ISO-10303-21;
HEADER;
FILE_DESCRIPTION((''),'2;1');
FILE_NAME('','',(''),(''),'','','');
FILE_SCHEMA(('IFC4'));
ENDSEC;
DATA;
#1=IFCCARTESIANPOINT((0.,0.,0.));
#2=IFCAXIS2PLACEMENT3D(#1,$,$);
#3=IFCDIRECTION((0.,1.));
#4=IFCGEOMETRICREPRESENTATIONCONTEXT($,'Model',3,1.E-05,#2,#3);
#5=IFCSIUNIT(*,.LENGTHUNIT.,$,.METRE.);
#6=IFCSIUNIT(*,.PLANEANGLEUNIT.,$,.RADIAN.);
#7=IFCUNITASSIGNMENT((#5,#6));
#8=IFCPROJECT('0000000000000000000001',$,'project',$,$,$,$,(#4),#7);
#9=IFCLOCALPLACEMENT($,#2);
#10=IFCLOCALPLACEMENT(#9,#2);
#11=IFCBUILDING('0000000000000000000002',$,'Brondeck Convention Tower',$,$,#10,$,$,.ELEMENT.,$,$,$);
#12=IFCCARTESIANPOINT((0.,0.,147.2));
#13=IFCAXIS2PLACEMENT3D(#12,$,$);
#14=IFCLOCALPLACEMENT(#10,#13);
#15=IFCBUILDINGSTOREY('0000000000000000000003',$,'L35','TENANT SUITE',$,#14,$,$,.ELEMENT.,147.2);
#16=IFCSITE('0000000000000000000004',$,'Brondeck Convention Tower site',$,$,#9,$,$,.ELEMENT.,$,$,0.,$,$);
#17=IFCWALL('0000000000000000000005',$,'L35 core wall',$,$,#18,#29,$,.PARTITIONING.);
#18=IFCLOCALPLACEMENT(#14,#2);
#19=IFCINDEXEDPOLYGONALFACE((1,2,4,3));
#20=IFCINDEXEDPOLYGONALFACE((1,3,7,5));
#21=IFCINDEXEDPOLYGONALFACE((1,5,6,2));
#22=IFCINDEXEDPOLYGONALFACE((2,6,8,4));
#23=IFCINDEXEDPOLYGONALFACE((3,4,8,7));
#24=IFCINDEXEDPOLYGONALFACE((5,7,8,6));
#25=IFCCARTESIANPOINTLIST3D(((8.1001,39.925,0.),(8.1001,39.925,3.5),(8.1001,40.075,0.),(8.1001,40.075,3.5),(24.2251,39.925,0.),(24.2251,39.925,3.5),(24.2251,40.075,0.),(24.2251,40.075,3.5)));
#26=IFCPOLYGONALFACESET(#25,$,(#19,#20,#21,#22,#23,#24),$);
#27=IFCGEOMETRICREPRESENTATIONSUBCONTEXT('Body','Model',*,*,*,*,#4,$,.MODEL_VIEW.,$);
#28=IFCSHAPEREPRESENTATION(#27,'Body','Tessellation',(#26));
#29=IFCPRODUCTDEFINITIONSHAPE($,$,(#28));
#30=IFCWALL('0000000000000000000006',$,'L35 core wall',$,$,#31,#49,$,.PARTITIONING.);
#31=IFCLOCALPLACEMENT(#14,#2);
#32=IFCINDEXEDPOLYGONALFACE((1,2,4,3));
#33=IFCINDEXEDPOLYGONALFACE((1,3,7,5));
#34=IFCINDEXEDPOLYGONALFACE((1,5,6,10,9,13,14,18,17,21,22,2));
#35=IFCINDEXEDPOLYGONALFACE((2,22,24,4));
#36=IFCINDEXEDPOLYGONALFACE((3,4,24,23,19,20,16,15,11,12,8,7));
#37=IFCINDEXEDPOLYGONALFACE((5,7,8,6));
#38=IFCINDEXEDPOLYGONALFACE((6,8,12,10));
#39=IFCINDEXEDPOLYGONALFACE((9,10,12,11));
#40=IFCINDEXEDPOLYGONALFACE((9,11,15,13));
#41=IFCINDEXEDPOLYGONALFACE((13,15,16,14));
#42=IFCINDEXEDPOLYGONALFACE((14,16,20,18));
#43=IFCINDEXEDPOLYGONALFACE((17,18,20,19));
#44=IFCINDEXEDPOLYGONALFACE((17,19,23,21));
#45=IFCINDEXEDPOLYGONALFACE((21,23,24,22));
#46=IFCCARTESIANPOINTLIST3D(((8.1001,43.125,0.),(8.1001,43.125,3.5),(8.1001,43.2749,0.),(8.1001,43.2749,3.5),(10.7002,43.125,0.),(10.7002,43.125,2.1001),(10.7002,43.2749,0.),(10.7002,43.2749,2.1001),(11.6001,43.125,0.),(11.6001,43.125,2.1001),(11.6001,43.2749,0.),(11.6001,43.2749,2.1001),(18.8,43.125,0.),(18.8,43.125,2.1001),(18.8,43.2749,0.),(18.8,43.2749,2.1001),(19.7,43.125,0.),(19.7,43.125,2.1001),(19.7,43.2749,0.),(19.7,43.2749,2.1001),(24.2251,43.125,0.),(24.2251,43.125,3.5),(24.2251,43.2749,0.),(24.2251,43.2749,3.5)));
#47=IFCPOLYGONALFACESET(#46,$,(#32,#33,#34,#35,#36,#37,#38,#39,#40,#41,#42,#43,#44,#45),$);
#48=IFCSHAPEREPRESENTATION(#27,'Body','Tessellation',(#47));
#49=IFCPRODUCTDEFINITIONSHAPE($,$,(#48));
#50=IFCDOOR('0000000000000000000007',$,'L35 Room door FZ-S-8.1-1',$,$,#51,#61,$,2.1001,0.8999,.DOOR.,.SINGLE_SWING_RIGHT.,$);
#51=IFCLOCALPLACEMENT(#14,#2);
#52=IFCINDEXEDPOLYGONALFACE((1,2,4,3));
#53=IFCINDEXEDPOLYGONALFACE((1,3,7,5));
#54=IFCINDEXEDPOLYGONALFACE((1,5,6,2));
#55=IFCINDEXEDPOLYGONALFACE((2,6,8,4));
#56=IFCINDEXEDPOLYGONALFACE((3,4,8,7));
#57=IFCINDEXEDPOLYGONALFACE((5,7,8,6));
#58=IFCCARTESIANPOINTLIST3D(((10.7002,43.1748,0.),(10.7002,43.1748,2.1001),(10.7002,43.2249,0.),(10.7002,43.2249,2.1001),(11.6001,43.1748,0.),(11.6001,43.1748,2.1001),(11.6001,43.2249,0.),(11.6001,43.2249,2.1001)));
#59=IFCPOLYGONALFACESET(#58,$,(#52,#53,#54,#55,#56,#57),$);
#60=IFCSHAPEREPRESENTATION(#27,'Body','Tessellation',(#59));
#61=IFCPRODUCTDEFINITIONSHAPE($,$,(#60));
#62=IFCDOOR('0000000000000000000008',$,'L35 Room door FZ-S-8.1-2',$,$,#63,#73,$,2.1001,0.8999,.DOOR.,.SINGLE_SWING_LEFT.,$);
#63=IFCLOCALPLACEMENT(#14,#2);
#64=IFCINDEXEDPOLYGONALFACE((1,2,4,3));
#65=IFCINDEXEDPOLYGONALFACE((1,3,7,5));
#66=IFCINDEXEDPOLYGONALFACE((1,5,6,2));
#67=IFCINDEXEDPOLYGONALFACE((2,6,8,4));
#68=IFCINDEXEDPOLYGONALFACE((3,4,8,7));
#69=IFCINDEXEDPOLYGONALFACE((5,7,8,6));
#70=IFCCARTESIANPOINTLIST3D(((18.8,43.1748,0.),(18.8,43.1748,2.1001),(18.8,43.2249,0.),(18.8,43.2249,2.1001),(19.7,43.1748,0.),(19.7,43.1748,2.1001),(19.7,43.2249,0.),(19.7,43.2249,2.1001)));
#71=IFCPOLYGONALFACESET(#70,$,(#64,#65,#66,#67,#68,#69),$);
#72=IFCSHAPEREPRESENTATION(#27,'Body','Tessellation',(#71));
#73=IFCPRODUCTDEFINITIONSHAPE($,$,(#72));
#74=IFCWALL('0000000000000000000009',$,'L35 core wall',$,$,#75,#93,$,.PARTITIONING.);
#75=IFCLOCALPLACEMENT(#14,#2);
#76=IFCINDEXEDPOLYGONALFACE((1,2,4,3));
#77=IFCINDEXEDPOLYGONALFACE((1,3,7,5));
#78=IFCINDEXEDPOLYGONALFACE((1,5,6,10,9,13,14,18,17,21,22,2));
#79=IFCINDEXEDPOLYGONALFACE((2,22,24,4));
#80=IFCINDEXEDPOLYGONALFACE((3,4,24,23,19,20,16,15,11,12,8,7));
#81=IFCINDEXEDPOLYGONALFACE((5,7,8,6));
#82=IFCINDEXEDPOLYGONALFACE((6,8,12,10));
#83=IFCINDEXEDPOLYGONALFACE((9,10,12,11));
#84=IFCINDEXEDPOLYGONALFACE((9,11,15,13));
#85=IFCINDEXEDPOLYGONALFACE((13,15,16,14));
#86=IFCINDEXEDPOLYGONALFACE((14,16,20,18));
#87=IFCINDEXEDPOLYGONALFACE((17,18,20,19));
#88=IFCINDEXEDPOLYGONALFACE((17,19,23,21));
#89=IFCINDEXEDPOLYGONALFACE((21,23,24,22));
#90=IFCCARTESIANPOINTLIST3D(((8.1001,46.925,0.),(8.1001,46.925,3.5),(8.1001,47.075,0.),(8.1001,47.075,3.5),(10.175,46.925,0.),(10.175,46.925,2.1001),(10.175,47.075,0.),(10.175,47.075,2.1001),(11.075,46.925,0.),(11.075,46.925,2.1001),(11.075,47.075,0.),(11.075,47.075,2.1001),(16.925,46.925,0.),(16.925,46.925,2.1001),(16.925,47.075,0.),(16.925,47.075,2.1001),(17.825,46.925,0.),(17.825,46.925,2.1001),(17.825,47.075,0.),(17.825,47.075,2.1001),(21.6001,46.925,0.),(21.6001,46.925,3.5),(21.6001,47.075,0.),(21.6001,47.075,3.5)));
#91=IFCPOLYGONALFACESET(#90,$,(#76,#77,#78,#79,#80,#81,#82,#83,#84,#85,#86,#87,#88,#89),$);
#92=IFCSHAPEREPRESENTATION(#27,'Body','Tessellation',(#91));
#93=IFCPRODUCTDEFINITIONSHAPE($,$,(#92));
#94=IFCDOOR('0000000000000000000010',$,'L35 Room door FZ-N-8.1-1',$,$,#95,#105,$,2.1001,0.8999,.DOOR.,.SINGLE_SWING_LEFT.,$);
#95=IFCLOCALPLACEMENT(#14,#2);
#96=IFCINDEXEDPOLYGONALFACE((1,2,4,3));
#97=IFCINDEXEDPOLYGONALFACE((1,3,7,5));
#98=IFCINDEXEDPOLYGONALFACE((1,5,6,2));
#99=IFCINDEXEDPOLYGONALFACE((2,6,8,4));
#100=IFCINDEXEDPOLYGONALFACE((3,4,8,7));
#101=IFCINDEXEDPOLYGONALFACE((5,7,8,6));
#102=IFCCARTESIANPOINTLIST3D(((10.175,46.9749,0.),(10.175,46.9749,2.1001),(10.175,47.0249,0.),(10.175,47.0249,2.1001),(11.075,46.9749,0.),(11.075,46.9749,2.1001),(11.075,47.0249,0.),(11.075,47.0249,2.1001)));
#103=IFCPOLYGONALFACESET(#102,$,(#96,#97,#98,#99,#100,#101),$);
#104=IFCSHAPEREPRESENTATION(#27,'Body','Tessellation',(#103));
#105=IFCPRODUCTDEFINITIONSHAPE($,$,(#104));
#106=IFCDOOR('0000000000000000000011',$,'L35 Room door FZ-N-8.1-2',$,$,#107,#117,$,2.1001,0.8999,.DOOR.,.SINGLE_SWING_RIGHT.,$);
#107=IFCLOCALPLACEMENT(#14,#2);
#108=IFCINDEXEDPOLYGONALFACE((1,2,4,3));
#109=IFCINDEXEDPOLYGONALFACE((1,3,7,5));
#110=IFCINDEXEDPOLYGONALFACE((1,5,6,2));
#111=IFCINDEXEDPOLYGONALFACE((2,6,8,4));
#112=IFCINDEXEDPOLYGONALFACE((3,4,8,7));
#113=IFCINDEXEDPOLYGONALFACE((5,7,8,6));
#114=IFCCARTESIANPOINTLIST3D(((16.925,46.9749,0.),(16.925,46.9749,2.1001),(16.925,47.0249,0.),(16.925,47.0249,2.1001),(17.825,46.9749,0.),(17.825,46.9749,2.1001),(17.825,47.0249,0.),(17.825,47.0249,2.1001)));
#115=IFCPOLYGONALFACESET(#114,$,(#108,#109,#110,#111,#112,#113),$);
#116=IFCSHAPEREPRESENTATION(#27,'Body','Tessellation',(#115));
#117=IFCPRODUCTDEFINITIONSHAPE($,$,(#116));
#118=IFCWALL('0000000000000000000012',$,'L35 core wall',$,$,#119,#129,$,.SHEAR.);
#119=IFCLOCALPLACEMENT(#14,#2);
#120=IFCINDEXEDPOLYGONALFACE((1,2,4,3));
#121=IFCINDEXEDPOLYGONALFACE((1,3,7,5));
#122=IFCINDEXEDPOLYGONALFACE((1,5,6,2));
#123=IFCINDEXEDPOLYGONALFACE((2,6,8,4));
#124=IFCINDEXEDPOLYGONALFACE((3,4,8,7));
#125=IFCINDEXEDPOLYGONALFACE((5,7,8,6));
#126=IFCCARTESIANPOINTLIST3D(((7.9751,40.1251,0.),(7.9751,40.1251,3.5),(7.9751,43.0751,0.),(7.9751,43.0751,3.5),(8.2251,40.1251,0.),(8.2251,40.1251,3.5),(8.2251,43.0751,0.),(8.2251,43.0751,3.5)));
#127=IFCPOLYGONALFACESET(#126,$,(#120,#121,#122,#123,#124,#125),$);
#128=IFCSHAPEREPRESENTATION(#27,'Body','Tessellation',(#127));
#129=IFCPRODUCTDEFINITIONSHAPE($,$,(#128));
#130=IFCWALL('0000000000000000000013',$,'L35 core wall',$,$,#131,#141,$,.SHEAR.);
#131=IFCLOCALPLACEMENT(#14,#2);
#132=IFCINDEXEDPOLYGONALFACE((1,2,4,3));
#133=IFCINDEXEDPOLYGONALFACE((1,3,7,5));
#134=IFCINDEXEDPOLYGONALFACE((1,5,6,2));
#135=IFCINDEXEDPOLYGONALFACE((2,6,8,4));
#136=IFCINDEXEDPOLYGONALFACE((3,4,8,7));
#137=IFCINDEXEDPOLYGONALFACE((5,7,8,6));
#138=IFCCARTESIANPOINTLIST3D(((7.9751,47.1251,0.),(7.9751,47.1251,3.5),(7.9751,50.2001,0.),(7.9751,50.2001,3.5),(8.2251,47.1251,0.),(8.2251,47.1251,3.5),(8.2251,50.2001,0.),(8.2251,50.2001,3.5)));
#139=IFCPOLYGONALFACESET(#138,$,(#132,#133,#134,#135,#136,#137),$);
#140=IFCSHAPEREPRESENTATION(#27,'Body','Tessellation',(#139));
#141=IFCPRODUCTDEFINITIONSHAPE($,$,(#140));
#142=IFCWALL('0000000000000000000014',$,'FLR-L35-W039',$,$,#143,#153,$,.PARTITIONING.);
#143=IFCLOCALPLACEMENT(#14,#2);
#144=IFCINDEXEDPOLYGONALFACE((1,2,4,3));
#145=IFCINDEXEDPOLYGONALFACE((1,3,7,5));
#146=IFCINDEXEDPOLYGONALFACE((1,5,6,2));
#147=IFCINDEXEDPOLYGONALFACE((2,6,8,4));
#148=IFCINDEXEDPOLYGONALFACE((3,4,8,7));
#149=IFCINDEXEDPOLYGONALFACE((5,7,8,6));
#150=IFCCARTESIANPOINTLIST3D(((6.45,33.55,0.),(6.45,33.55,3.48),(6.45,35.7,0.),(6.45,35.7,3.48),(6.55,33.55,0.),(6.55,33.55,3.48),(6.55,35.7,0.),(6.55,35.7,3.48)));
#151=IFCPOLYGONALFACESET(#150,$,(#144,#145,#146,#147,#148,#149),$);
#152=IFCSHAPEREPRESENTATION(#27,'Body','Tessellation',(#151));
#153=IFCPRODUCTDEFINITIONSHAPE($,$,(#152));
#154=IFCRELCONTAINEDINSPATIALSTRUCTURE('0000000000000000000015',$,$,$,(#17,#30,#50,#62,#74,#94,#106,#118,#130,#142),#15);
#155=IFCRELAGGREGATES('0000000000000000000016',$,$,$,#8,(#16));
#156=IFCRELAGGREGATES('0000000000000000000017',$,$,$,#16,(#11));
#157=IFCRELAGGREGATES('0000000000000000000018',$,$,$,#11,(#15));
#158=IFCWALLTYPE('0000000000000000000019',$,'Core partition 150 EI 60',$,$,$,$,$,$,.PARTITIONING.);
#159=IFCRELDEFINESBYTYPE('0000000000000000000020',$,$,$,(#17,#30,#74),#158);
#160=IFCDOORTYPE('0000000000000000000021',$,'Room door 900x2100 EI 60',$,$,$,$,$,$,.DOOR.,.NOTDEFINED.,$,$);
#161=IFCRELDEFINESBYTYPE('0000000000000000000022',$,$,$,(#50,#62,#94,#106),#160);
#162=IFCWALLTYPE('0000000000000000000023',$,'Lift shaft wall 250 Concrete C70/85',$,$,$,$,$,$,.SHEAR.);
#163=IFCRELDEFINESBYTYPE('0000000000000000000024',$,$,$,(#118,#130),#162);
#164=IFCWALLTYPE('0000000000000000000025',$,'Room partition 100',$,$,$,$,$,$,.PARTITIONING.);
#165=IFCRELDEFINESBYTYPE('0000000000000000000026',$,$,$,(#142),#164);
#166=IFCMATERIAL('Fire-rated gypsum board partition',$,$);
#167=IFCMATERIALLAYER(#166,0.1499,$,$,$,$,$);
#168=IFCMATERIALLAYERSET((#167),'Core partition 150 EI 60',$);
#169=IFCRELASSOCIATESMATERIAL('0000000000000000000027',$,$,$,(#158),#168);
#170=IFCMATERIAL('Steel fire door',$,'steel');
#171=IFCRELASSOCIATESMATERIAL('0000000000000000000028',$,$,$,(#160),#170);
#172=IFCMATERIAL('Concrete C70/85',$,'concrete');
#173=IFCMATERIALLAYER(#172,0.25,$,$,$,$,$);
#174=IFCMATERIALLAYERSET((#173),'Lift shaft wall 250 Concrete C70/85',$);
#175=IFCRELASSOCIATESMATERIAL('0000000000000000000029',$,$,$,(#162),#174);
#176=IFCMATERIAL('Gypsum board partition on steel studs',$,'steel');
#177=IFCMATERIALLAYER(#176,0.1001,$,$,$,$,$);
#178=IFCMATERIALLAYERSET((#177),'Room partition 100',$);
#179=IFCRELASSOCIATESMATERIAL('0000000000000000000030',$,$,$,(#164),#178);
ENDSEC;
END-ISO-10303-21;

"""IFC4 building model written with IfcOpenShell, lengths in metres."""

from ifc_helpers import new_model, si_unit, direction, frame, frame_2d, origin, place, context, subcontext, project, spatial, rectangle, extrude, material, layer, layer_set, type_object, element, fill, save


model = new_model("IFC4")

# Units and contexts
model_context = context("Model", 3, precision=1e-05, world=origin(), true_north=direction((0.0, 1.0)))
body_context = subcontext(model_context, "Body", "Model", "MODEL_VIEW")
ifc_project = project(units=[si_unit("LENGTHUNIT", "METRE"), si_unit("PLANEANGLEUNIT", "RADIAN")], contexts=[model_context])

# Site, building, storey
site_placement = place(None, origin())
site = spatial("IfcSite", under=ifc_project, at=site_placement, Name="Brondeck Convention Tower site", CompositionType="ELEMENT", RefElevation=0.0)
building_placement = place(site_placement, origin())
building = spatial("IfcBuilding", under=site, at=building_placement, Name="Brondeck Convention Tower", CompositionType="ELEMENT")
storey_placement = place(building_placement, frame((0.0, 0.0, 147.2)))
storey = spatial("IfcBuildingStorey", under=building, at=storey_placement, Name="L35", Description="TENANT SUITE", CompositionType="ELEMENT", Elevation=147.2)

# Wall
ifc_material_1 = material(Name="Fire-rated gypsum board partition")
ifc_layer_1 = layer(ifc_material_1, 0.1499)
ifc_layer_set_1 = layer_set([ifc_layer_1], Name="Core partition 150 EI 60")
wall_type_1 = type_object("IfcWallType", Name="Core partition 150 EI 60", PredefinedType="PARTITIONING", material=ifc_layer_set_1)
wall_1_placement = place(storey_placement, frame((8.1001, 40.0, 0.0), z_axis=(0.0, 0.0, 1.0), x_axis=(1.0, 0.0, 0.0)))
element("IfcWall", 1, at=wall_1_placement, inside=storey, type_object=wall_type_1, Name="L35 core wall", PredefinedType="PARTITIONING", context=body_context, shape_type="SweptSolid", body=[
    extrude(rectangle(XDim=16.125, YDim=0.1499, at=frame_2d((8.0625, 0.0))), origin(), (0.0, 0.0, 1.0), 3.5),
])

# Walls, openings, doors
wall_2_placement = place(storey_placement, frame((8.1001, 43.2, 0.0), z_axis=(0.0, 0.0, 1.0), x_axis=(1.0, 0.0, 0.0)))
wall_2 = element("IfcWall", 2, at=wall_2_placement, inside=storey, type_object=wall_type_1, Name="L35 core wall", PredefinedType="PARTITIONING", context=body_context, shape_type="SweptSolid", body=[
    extrude(rectangle(XDim=16.125, YDim=0.1499, at=frame_2d((8.0625, 0.0))), origin(), (0.0, 0.0, 1.0), 3.5),
])
opening_1_placement = place(wall_2_placement, frame((2.6001, 0.0, 0.0)))
opening_1 = element("IfcOpeningElement", 3, at=opening_1_placement, cuts=wall_2, PredefinedType="OPENING", context=body_context, shape_type="SweptSolid", body=[
    extrude(rectangle(XDim=0.8999, YDim=2.1001, at=frame_2d((0.45, 1.05))), frame((0.0, 0.085, 0.0), z_axis=(0.0, -1.0, 0.0), x_axis=(1.0, 0.0, 0.0)), (0.0, 0.0, 1.0), 0.1699),
])
opening_2_placement = place(wall_2_placement, frame((10.7, 0.0, 0.0)))
opening_2 = element("IfcOpeningElement", 4, at=opening_2_placement, cuts=wall_2, PredefinedType="OPENING", context=body_context, shape_type="SweptSolid", body=[
    extrude(rectangle(XDim=0.8999, YDim=2.1001, at=frame_2d((0.45, 1.05))), frame((0.0, 0.085, 0.0), z_axis=(0.0, -1.0, 0.0), x_axis=(1.0, 0.0, 0.0)), (0.0, 0.0, 1.0), 0.1699),
])
ifc_material_2 = material(Name="Steel fire door", Category="steel")
door_type = type_object("IfcDoorType", Name="Room door 900x2100 EI 60", OperationType="NOTDEFINED", PredefinedType="DOOR", material=ifc_material_2)
door_1_placement = place(opening_1_placement, origin())
door_1 = element("IfcDoor", 5, at=door_1_placement, inside=storey, type_object=door_type, Name="L35 Room door FZ-S-8.1-1", OperationType="SINGLE_SWING_RIGHT", OverallHeight=2.1001, OverallWidth=0.8999, PredefinedType="DOOR", context=body_context, shape_type="SweptSolid", body=[
    extrude(rectangle(XDim=0.8999, YDim=2.1001, at=frame_2d((0.45, 1.05))), frame((0.0, 0.0249, 0.0), z_axis=(0.0, -1.0, 0.0), x_axis=(1.0, 0.0, 0.0)), (0.0, 0.0, 1.0), 0.05),
])
fill(opening_1, door_1)
door_2_placement = place(opening_2_placement, origin())
door_2 = element("IfcDoor", 6, at=door_2_placement, inside=storey, type_object=door_type, Name="L35 Room door FZ-S-8.1-2", OperationType="SINGLE_SWING_LEFT", OverallHeight=2.1001, OverallWidth=0.8999, PredefinedType="DOOR", context=body_context, shape_type="SweptSolid", body=[
    extrude(rectangle(XDim=0.8999, YDim=2.1001, at=frame_2d((0.45, 1.05))), frame((0.0, 0.0249, 0.0), z_axis=(0.0, -1.0, 0.0), x_axis=(1.0, 0.0, 0.0)), (0.0, 0.0, 1.0), 0.05),
])
fill(opening_2, door_2)
wall_3_placement = place(storey_placement, frame((8.1001, 47.0, 0.0), z_axis=(0.0, 0.0, 1.0), x_axis=(1.0, 0.0, 0.0)))
wall_3 = element("IfcWall", 7, at=wall_3_placement, inside=storey, type_object=wall_type_1, Name="L35 core wall", PredefinedType="PARTITIONING", context=body_context, shape_type="SweptSolid", body=[
    extrude(rectangle(XDim=13.5, YDim=0.1499, at=frame_2d((6.75, 0.0))), origin(), (0.0, 0.0, 1.0), 3.5),
])
opening_3_placement = place(wall_3_placement, frame((2.075, 0.0, 0.0)))
opening_3 = element("IfcOpeningElement", 8, at=opening_3_placement, cuts=wall_3, PredefinedType="OPENING", context=body_context, shape_type="SweptSolid", body=[
    extrude(rectangle(XDim=0.8999, YDim=2.1001, at=frame_2d((0.45, 1.05))), frame((0.0, 0.085, 0.0), z_axis=(0.0, -1.0, 0.0), x_axis=(1.0, 0.0, 0.0)), (0.0, 0.0, 1.0), 0.1699),
])
opening_4_placement = place(wall_3_placement, frame((8.825, 0.0, 0.0)))
opening_4 = element("IfcOpeningElement", 9, at=opening_4_placement, cuts=wall_3, PredefinedType="OPENING", context=body_context, shape_type="SweptSolid", body=[
    extrude(rectangle(XDim=0.8999, YDim=2.1001, at=frame_2d((0.45, 1.05))), frame((0.0, 0.085, 0.0), z_axis=(0.0, -1.0, 0.0), x_axis=(1.0, 0.0, 0.0)), (0.0, 0.0, 1.0), 0.1699),
])
door_3_placement = place(opening_3_placement, origin())
door_3 = element("IfcDoor", 10, at=door_3_placement, inside=storey, type_object=door_type, Name="L35 Room door FZ-N-8.1-1", OperationType="SINGLE_SWING_LEFT", OverallHeight=2.1001, OverallWidth=0.8999, PredefinedType="DOOR", context=body_context, shape_type="SweptSolid", body=[
    extrude(rectangle(XDim=0.8999, YDim=2.1001, at=frame_2d((0.45, 1.05))), frame((0.0, 0.0249, 0.0), z_axis=(0.0, -1.0, 0.0), x_axis=(1.0, 0.0, 0.0)), (0.0, 0.0, 1.0), 0.05),
])
fill(opening_3, door_3)
door_4_placement = place(opening_4_placement, origin())
door_4 = element("IfcDoor", 11, at=door_4_placement, inside=storey, type_object=door_type, Name="L35 Room door FZ-N-8.1-2", OperationType="SINGLE_SWING_RIGHT", OverallHeight=2.1001, OverallWidth=0.8999, PredefinedType="DOOR", context=body_context, shape_type="SweptSolid", body=[
    extrude(rectangle(XDim=0.8999, YDim=2.1001, at=frame_2d((0.45, 1.05))), frame((0.0, 0.0249, 0.0), z_axis=(0.0, -1.0, 0.0), x_axis=(1.0, 0.0, 0.0)), (0.0, 0.0, 1.0), 0.05),
])
fill(opening_4, door_4)

# Walls
ifc_material_3 = material(Name="Concrete C70/85", Category="concrete")
ifc_layer_2 = layer(ifc_material_3, 0.25)
ifc_layer_set_2 = layer_set([ifc_layer_2], Name="Lift shaft wall 250 Concrete C70/85")
wall_type_2 = type_object("IfcWallType", Name="Lift shaft wall 250 Concrete C70/85", PredefinedType="SHEAR", material=ifc_layer_set_2)
wall_4_placement = place(storey_placement, frame((8.1001, 40.125, 0.0), z_axis=(0.0, 0.0, 1.0), x_axis=(0.0, 1.0, 0.0)))
element("IfcWall", 12, at=wall_4_placement, inside=storey, type_object=wall_type_2, Name="L35 core wall", PredefinedType="SHEAR", context=body_context, shape_type="SweptSolid", body=[
    extrude(rectangle(XDim=2.95, YDim=0.25, at=frame_2d((1.4751, 0.0))), origin(), (0.0, 0.0, 1.0), 3.5),
])
wall_5_placement = place(storey_placement, frame((8.1001, 47.125, 0.0), z_axis=(0.0, 0.0, 1.0), x_axis=(0.0, 1.0, 0.0)))
element("IfcWall", 13, at=wall_5_placement, inside=storey, type_object=wall_type_2, Name="L35 core wall", PredefinedType="SHEAR", context=body_context, shape_type="SweptSolid", body=[
    extrude(rectangle(XDim=3.075, YDim=0.25, at=frame_2d((1.5376, 0.0))), origin(), (0.0, 0.0, 1.0), 3.5),
])
ifc_material_4 = material(Name="Gypsum board partition on steel studs", Category="steel")
ifc_layer_3 = layer(ifc_material_4, 0.1001)
ifc_layer_set_3 = layer_set([ifc_layer_3], Name="Room partition 100")
wall_type_3 = type_object("IfcWallType", Name="Room partition 100", PredefinedType="PARTITIONING", material=ifc_layer_set_3)
wall_6_placement = place(storey_placement, frame((6.5, 33.55, 0.0), z_axis=(0.0, 0.0, 1.0), x_axis=(0.0, 1.0, 0.0)))
element("IfcWall", 14, at=wall_6_placement, inside=storey, type_object=wall_type_3, Name="FLR-L35-W039", PredefinedType="PARTITIONING", context=body_context, shape_type="SweptSolid", body=[
    extrude(rectangle(XDim=2.1499, YDim=0.1001, at=frame_2d((1.075, 0.0))), origin(), (0.0, 0.0, 1.0), 3.48),
])

save(model, "model.ifc")
